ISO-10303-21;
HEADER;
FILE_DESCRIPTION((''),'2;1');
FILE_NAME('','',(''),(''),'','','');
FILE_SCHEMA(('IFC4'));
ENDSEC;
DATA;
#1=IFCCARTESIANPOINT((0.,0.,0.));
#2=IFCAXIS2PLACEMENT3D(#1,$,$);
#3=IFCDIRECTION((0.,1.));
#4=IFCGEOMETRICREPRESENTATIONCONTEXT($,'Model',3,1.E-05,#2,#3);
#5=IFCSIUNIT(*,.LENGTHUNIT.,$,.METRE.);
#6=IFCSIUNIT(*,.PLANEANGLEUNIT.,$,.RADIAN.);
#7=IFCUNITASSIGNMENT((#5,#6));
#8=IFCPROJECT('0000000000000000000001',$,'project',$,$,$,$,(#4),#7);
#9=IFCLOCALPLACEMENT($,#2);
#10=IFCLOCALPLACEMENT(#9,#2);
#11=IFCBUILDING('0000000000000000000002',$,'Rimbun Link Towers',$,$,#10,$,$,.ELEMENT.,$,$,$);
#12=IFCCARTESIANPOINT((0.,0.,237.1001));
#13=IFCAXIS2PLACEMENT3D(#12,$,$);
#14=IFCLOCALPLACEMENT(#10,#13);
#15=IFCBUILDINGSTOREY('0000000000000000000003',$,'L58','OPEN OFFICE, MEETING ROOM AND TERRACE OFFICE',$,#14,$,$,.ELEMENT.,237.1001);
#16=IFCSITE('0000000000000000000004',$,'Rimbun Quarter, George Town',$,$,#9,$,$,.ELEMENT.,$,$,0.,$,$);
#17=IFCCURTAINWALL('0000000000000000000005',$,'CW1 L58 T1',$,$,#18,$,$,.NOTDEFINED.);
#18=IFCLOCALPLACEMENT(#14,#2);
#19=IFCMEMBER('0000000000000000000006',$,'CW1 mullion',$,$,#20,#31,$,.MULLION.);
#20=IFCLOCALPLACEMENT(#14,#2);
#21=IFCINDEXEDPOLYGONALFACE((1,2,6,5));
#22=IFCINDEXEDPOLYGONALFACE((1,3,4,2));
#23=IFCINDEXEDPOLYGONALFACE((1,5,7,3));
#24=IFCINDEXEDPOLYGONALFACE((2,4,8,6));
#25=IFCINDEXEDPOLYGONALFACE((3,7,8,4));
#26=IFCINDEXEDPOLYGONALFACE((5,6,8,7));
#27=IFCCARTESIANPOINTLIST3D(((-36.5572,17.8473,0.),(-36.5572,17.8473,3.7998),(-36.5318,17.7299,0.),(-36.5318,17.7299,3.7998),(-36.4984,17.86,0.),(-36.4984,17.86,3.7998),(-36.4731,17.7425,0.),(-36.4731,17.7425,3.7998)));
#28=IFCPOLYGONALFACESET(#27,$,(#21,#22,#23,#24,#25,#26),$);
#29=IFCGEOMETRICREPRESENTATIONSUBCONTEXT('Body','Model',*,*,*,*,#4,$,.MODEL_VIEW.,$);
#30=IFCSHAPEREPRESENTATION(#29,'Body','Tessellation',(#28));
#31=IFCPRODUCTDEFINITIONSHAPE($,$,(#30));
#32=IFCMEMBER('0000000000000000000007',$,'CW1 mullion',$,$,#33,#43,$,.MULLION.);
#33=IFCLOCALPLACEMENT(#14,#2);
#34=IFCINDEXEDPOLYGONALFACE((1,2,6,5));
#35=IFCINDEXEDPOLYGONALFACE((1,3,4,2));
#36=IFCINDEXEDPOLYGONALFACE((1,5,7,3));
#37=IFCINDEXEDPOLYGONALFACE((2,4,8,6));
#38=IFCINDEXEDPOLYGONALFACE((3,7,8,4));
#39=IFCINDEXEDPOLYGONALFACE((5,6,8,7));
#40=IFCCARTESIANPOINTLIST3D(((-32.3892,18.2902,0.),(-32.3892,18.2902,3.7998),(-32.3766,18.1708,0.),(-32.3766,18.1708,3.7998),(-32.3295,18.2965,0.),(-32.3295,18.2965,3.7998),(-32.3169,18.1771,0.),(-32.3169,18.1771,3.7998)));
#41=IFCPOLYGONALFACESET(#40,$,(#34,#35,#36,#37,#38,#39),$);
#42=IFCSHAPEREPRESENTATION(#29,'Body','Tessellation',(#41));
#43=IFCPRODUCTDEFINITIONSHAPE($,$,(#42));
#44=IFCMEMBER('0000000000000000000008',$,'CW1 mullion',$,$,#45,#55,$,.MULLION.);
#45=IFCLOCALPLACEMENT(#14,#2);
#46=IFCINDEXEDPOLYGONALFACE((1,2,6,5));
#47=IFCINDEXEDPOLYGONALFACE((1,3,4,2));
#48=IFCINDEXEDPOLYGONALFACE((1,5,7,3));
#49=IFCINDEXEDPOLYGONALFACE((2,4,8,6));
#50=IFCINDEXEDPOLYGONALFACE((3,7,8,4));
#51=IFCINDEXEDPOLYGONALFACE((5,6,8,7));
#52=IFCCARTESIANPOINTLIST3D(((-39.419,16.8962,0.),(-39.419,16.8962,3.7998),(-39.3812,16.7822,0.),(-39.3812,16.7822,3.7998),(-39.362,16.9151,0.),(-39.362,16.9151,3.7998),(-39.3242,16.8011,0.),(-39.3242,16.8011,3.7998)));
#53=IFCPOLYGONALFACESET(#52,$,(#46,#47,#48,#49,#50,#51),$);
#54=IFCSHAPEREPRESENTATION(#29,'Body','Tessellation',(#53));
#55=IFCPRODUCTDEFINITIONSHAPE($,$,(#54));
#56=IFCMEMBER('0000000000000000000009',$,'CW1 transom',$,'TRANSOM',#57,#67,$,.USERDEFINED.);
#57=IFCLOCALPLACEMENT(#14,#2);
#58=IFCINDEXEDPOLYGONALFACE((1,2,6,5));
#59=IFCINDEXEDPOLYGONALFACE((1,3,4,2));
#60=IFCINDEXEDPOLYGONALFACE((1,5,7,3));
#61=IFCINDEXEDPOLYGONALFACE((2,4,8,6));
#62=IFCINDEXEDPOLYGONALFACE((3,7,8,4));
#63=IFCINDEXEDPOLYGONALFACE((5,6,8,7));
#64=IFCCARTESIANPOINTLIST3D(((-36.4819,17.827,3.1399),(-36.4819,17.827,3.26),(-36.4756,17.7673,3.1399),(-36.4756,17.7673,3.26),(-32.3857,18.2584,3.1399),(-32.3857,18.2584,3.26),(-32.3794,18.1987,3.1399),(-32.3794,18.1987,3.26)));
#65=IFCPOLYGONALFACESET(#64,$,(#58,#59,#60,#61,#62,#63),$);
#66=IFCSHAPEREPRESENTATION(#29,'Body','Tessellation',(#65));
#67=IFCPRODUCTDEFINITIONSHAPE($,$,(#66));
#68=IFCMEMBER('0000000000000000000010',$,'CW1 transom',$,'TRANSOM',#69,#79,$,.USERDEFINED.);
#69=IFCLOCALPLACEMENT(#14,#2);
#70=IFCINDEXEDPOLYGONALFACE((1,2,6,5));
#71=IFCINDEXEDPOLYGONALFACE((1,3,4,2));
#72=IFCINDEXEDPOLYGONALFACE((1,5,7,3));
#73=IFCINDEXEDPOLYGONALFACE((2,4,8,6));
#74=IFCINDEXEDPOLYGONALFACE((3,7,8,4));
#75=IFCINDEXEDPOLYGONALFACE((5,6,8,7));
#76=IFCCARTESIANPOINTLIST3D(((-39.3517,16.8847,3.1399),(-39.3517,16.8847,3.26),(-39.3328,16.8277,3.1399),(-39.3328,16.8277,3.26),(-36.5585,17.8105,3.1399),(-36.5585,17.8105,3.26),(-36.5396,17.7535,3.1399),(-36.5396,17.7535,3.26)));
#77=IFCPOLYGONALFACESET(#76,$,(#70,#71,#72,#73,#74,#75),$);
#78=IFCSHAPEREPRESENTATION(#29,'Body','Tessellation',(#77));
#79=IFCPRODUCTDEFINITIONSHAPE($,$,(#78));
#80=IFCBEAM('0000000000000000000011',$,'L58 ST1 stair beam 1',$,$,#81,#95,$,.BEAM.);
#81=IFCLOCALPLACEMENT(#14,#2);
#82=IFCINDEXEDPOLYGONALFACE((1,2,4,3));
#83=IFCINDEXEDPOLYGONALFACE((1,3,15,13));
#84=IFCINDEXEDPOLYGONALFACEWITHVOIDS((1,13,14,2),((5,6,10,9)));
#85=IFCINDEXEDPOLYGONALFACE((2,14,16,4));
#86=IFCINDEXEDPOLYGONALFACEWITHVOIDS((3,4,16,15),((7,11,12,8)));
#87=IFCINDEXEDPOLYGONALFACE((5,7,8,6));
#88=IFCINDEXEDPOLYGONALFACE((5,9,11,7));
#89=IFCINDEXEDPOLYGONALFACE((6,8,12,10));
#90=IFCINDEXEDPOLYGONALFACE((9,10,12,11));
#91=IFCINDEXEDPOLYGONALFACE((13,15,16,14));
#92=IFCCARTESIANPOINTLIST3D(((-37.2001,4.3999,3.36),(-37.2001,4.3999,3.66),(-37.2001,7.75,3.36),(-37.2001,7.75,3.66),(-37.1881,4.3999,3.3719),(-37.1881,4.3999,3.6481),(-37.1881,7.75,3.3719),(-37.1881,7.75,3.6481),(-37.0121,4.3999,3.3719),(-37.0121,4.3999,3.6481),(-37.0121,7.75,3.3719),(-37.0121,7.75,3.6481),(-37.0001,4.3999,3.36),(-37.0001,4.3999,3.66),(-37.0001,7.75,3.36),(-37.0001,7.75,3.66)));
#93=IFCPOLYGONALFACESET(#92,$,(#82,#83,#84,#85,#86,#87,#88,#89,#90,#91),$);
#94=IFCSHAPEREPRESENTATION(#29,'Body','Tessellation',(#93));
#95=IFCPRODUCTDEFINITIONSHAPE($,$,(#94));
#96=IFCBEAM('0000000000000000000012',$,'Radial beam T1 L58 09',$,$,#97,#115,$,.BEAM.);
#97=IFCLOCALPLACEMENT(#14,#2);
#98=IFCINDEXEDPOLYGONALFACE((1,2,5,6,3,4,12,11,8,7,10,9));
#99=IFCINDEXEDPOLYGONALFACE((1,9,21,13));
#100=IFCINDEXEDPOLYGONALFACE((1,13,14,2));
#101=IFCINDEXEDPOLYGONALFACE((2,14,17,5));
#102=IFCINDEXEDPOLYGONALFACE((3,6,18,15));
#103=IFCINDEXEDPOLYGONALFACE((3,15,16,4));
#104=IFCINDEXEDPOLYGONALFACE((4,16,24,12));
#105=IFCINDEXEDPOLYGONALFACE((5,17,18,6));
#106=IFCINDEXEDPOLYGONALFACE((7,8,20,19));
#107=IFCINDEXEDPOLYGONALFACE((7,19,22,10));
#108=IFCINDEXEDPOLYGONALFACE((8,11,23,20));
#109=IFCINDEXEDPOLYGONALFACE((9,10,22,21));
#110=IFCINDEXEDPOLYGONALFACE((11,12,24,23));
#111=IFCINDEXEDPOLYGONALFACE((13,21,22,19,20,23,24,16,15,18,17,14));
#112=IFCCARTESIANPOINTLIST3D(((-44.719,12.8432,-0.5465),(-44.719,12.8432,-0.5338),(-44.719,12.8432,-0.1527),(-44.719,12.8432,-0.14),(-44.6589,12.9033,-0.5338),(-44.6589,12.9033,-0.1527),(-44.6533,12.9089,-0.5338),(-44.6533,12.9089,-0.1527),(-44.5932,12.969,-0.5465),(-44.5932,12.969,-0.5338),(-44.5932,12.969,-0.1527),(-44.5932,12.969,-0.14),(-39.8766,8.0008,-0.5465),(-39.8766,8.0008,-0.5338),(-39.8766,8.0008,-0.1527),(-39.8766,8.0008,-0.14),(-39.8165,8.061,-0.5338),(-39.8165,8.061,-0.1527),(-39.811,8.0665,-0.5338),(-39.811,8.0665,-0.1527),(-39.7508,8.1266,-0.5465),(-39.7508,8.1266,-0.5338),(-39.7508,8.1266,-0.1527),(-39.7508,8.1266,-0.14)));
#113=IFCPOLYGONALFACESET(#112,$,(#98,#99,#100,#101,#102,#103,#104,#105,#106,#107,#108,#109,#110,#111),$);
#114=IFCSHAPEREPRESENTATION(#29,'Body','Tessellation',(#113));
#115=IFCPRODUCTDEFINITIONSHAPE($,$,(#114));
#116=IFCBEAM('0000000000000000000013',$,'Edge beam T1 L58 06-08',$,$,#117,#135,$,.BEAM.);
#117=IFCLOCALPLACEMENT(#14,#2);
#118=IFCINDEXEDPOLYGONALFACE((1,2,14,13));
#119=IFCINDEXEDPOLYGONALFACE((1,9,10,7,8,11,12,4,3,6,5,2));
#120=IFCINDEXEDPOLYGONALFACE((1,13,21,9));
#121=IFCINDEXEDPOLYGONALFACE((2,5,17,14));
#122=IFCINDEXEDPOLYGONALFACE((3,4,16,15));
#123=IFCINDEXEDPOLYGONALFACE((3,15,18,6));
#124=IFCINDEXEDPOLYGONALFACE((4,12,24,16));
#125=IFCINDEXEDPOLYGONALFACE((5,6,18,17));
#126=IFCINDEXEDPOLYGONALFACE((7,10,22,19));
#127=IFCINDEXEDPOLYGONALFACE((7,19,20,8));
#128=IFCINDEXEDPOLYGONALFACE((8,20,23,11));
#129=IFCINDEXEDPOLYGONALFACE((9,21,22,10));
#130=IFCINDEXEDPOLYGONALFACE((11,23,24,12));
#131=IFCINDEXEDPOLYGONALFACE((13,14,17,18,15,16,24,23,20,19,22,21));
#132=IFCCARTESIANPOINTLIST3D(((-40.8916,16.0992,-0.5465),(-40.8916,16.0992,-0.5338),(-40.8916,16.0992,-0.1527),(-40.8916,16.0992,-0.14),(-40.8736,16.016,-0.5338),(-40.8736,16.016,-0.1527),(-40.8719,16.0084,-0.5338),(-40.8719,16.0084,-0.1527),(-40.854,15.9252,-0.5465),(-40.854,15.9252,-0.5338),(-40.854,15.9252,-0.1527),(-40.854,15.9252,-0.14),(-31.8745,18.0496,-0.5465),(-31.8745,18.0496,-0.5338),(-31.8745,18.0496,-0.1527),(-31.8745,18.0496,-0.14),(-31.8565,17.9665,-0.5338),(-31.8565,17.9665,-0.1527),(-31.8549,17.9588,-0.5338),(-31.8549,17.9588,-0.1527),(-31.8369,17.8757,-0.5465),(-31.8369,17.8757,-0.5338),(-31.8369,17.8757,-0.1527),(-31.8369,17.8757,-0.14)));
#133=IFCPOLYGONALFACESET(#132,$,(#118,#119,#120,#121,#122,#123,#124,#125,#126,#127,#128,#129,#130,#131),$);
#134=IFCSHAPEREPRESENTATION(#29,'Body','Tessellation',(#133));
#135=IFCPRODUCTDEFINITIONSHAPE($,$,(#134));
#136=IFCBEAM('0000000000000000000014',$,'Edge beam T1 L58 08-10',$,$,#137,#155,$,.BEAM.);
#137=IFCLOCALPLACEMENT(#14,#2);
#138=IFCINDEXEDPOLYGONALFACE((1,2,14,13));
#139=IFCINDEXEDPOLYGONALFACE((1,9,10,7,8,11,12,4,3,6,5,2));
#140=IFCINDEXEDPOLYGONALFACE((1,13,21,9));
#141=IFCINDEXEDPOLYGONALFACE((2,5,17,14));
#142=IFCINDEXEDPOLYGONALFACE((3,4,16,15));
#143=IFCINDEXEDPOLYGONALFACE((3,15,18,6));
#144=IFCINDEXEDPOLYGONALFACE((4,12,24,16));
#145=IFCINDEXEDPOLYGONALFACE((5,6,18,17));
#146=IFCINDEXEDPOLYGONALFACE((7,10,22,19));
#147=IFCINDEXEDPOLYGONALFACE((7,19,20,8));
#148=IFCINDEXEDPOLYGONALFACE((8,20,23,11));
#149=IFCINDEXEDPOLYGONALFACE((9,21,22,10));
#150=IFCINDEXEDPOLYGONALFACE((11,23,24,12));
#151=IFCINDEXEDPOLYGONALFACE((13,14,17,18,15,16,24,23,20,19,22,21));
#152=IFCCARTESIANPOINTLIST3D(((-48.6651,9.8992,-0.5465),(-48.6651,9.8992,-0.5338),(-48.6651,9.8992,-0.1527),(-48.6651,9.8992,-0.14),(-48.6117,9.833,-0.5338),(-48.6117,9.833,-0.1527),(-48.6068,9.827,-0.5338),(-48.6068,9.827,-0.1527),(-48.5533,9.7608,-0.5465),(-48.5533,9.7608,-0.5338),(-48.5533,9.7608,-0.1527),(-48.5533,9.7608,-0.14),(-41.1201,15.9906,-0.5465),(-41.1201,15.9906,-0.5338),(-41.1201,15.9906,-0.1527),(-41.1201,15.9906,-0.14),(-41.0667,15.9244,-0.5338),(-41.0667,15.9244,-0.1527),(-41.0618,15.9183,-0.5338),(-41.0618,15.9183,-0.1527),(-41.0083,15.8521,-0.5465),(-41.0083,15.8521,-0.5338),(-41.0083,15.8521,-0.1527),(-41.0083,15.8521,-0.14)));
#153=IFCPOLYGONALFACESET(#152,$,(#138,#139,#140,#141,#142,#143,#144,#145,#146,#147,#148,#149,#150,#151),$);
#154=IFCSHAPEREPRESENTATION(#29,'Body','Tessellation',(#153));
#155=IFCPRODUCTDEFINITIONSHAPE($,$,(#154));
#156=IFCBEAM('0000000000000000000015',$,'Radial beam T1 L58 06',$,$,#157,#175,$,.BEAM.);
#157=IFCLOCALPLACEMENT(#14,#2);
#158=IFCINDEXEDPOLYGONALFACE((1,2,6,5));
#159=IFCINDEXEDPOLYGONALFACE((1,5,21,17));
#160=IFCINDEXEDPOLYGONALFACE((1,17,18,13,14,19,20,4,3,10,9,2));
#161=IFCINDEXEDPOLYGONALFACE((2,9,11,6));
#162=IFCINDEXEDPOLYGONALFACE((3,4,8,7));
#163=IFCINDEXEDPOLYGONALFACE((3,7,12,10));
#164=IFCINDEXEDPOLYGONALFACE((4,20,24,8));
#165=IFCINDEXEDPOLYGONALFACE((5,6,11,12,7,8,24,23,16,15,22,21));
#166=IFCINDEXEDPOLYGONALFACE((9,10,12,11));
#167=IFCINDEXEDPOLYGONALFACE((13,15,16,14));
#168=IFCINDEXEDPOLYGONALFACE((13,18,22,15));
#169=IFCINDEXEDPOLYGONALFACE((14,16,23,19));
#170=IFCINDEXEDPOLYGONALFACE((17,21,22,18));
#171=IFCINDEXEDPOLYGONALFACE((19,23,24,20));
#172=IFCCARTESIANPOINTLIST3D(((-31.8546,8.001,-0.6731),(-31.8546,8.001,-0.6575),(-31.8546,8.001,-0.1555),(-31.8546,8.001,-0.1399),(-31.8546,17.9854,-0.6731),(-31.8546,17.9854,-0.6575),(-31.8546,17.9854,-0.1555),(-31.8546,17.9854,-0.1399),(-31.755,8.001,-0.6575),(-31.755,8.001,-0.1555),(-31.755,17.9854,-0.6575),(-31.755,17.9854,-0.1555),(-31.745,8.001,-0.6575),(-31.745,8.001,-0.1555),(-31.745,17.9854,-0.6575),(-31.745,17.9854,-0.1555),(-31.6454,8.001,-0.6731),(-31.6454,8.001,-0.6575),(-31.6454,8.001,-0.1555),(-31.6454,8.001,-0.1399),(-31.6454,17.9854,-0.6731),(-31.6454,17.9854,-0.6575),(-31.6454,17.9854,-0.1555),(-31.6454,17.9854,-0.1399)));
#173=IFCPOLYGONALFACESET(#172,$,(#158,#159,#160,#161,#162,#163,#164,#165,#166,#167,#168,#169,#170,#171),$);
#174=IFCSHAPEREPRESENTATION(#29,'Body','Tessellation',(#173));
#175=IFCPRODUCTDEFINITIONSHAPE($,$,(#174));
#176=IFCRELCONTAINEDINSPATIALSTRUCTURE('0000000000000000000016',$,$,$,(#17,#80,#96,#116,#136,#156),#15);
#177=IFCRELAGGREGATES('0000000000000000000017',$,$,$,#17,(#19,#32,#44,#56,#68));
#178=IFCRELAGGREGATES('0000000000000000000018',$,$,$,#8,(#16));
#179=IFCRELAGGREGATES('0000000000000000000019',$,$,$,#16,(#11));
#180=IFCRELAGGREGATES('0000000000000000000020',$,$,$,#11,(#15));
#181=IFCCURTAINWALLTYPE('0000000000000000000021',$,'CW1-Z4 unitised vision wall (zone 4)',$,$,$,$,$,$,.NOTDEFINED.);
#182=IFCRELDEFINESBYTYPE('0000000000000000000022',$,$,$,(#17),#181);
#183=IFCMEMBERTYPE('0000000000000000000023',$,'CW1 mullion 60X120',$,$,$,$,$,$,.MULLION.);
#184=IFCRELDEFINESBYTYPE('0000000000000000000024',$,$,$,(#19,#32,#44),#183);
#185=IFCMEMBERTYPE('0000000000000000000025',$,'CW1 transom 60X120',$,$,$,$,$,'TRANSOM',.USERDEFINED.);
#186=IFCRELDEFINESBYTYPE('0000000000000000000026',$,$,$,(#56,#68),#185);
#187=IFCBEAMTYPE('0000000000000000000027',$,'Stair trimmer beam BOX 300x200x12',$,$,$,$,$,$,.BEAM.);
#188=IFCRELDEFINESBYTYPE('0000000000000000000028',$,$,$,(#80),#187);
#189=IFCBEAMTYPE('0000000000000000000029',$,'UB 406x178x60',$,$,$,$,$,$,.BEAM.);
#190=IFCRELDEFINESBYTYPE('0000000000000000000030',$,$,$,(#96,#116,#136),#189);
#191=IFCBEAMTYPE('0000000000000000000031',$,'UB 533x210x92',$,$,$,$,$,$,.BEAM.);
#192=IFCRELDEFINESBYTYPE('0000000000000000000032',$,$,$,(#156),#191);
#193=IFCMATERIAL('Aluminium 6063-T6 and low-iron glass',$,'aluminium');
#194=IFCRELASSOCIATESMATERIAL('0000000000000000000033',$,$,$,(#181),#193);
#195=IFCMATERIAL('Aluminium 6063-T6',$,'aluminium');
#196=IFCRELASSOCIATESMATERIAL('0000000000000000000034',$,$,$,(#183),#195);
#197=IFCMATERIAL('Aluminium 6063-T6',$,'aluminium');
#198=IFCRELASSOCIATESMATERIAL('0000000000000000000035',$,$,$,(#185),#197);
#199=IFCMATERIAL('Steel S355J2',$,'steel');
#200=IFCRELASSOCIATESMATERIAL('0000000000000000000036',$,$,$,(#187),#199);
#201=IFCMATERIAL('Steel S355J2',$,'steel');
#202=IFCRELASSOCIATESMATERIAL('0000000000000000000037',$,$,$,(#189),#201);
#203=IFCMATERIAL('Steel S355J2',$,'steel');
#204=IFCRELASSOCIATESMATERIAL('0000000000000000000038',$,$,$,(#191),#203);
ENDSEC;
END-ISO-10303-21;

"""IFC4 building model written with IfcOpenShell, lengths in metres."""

from ifc_helpers import new_model, si_unit, direction, frame, origin, origin_2d, place, context, subcontext, project, spatial, rectangle, hollow_rectangle, i_section, extrude, material, material_profile, profile_set, type_object, element, aggregate, save


model = new_model("IFC4")

# Units and contexts
model_context = context("Model", 3, precision=1e-05, world=origin(), true_north=direction((0.0, 1.0)))
body_context = subcontext(model_context, "Body", "Model", "MODEL_VIEW")
ifc_project = project(units=[si_unit("LENGTHUNIT", "METRE"), si_unit("PLANEANGLEUNIT", "RADIAN")], contexts=[model_context])

# Site, building, storey
site_placement = place(None, origin())
site = spatial("IfcSite", under=ifc_project, at=site_placement, Name="Rimbun Quarter, George Town", CompositionType="ELEMENT", RefElevation=0.0)
building_placement = place(site_placement, origin())
building = spatial("IfcBuilding", under=site, at=building_placement, Name="Rimbun Link Towers", CompositionType="ELEMENT")
storey_placement = place(building_placement, frame((0.0, 0.0, 237.1001)))
storey = spatial("IfcBuildingStorey", under=building, at=storey_placement, Name="L58", Description="OPEN OFFICE, MEETING ROOM AND TERRACE OFFICE", CompositionType="ELEMENT", Elevation=237.1001)

# Curtain wall, members
ifc_material_1 = material(Name="Aluminium 6063-T6 and low-iron glass", Category="aluminium")
curtain_wall_type = type_object("IfcCurtainWallType", Name="CW1-Z4 unitised vision wall (zone 4)", PredefinedType="NOTDEFINED", material=ifc_material_1)
curtain_wall_placement = place(storey_placement, origin())
curtain_wall = element("IfcCurtainWall", 1, at=curtain_wall_placement, inside=storey, type_object=curtain_wall_type, Name="CW1 L58 T1", PredefinedType="NOTDEFINED")
ifc_material_2 = material(Name="Aluminium 6063-T6", Category="aluminium")
ifc_material_profile_1 = material_profile(ifc_material_2, rectangle(XDim=0.1201, YDim=0.0601, at=origin_2d()), Name="MULLION 60X120")
ifc_profile_set_1 = profile_set([ifc_material_profile_1], Name="Aluminium 6063-T6")
member_type_1 = type_object("IfcMemberType", Name="CW1 mullion 60X120", PredefinedType="MULLION", material=ifc_profile_set_1)
member_1_placement = place(storey_placement, frame((-36.5151, 17.7949, 0.0), z_axis=(0.0, 0.0, 1.0), x_axis=(-0.210871, 0.977514, 0.0)))
member_1 = element("IfcMember", 2, at=member_1_placement, type_object=member_type_1, Name="CW1 mullion", PredefinedType="MULLION", context=body_context, shape_type="SweptSolid", body=[
    extrude(rectangle(XDim=0.1201, YDim=0.0601, at=origin_2d()), origin(), (0.0, 0.0, 1.0), 3.7998),
])
member_2_placement = place(storey_placement, frame((-32.353, 18.2336, 0.0), z_axis=(0.0, 0.0, 1.0), x_axis=(-0.104736, 0.9945, 0.0)))
member_2 = element("IfcMember", 3, at=member_2_placement, type_object=member_type_1, Name="CW1 mullion", PredefinedType="MULLION", context=body_context, shape_type="SweptSolid", body=[
    extrude(rectangle(XDim=0.1201, YDim=0.0601, at=origin_2d()), origin(), (0.0, 0.0, 1.0), 3.7998),
])
member_3_placement = place(storey_placement, frame((-39.3716, 16.8486, 0.0), z_axis=(0.0, 0.0, 1.0), x_axis=(-0.31457, 0.949234, 0.0)))
member_3 = element("IfcMember", 4, at=member_3_placement, type_object=member_type_1, Name="CW1 mullion", PredefinedType="MULLION", context=body_context, shape_type="SweptSolid", body=[
    extrude(rectangle(XDim=0.1201, YDim=0.0601, at=origin_2d()), origin(), (0.0, 0.0, 1.0), 3.7998),
])
ifc_material_3 = material(Name="Aluminium 6063-T6", Category="aluminium")
ifc_material_profile_2 = material_profile(ifc_material_3, rectangle(XDim=0.0601, YDim=0.1201, at=origin_2d()), Name="TRANSOM 60X120")
ifc_profile_set_2 = profile_set([ifc_material_profile_2], Name="Aluminium 6063-T6")
member_type_2 = type_object("IfcMemberType", Name="CW1 transom 60X120", ElementType="TRANSOM", PredefinedType="USERDEFINED", material=ifc_profile_set_2)
member_4_placement = place(storey_placement, frame((-36.4788, 17.7971, 3.2), z_axis=(0.9945, 0.104737, 0.0), x_axis=(-0.104737, 0.9945, 0.0)))
member_4 = element("IfcMember", 5, at=member_4_placement, type_object=member_type_2, Name="CW1 transom", ObjectType="TRANSOM", PredefinedType="USERDEFINED", context=body_context, shape_type="SweptSolid", body=[
    extrude(rectangle(XDim=0.0601, YDim=0.1201, at=origin_2d()), origin(), (0.0, 0.0, 1.0), 4.1189),
])
member_5_placement = place(storey_placement, frame((-39.3423, 16.8562, 3.2), z_axis=(0.949221, 0.314609, 0.0), x_axis=(-0.314609, 0.949221, 0.0)))
member_5 = element("IfcMember", 6, at=member_5_placement, type_object=member_type_2, Name="CW1 transom", ObjectType="TRANSOM", PredefinedType="USERDEFINED", context=body_context, shape_type="SweptSolid", body=[
    extrude(rectangle(XDim=0.0601, YDim=0.1201, at=origin_2d()), origin(), (0.0, 0.0, 1.0), 2.9426),
])

# Beams
ifc_material_4 = material(Name="Steel S355J2", Category="steel")
ifc_material_profile_3 = material_profile(ifc_material_4, hollow_rectangle(XDim=0.2, YDim=0.3, WallThickness=0.012, at=origin_2d()), Name="BOX 300x200x12")
ifc_profile_set_3 = profile_set([ifc_material_profile_3], Name="Steel S355J2")
beam_type_1 = type_object("IfcBeamType", Name="Stair trimmer beam BOX 300x200x12", PredefinedType="BEAM", material=ifc_profile_set_3)
beam_1_placement = place(storey_placement, frame((-37.1001, 7.75, 3.51), z_axis=(0.0, -1.0, 0.0), x_axis=(1.0, 0.0, 0.0)))
element("IfcBeam", 7, at=beam_1_placement, inside=storey, type_object=beam_type_1, Name="L58 ST1 stair beam 1", PredefinedType="BEAM", context=body_context, shape_type="SweptSolid", body=[
    extrude(hollow_rectangle(XDim=0.2, YDim=0.3, WallThickness=0.012, at=origin_2d()), origin(), (0.0, 0.0, 1.0), 3.3501),
])
ifc_material_5 = material(Name="Steel S355J2", Category="steel")
ifc_material_profile_4 = material_profile(ifc_material_5, i_section(OverallWidth=0.178, OverallDepth=0.4065, WebThickness=0.0078, FlangeThickness=0.0127, at=origin_2d()), Name="UB 406x178x60")
ifc_profile_set_4 = profile_set([ifc_material_profile_4], Name="Steel S355J2")
beam_type_2 = type_object("IfcBeamType", Name="UB 406x178x60", PredefinedType="BEAM", material=ifc_profile_set_4)
beam_2_placement = place(storey_placement, frame((-39.8137, 8.0637, -0.3433), z_axis=(-0.707107, 0.707107, 0.0), x_axis=(-0.707107, -0.707107, 0.0)))
element("IfcBeam", 8, at=beam_2_placement, inside=storey, type_object=beam_type_2, Name="Radial beam T1 L58 09", PredefinedType="BEAM", context=body_context, shape_type="SweptSolid", body=[
    extrude(i_section(OverallWidth=0.178, OverallDepth=0.4065, WebThickness=0.0078, FlangeThickness=0.0127, at=origin_2d()), origin(), (0.0, 0.0, 1.0), 6.8481),
])
beam_3_placement = place(storey_placement, frame((-31.8557, 17.9626, -0.3433), z_axis=(-0.977396, -0.211415, 0.0), x_axis=(0.211415, -0.977396, 0.0)))
element("IfcBeam", 9, at=beam_3_placement, inside=storey, type_object=beam_type_2, Name="Edge beam T1 L58 06-08", PredefinedType="BEAM", context=body_context, shape_type="SweptSolid", body=[
    extrude(i_section(OverallWidth=0.178, OverallDepth=0.4065, WebThickness=0.0078, FlangeThickness=0.0127, at=origin_2d()), origin(), (0.0, 0.0, 1.0), 9.2256),
])
beam_4_placement = place(storey_placement, frame((-41.0642, 15.9214, -0.3433), z_axis=(-0.778076, -0.628171, 0.0), x_axis=(0.628171, -0.778076, 0.0)))
element("IfcBeam", 10, at=beam_4_placement, inside=storey, type_object=beam_type_2, Name="Edge beam T1 L58 08-10", PredefinedType="BEAM", context=body_context, shape_type="SweptSolid", body=[
    extrude(i_section(OverallWidth=0.178, OverallDepth=0.4065, WebThickness=0.0078, FlangeThickness=0.0127, at=origin_2d()), origin(), (0.0, 0.0, 1.0), 9.697),
])
ifc_material_6 = material(Name="Steel S355J2", Category="steel")
ifc_material_profile_5 = material_profile(ifc_material_6, i_section(OverallWidth=0.2092, OverallDepth=0.5332, WebThickness=0.01, FlangeThickness=0.0156, at=origin_2d()), Name="UB 533x210x92")
ifc_profile_set_5 = profile_set([ifc_material_profile_5], Name="Steel S355J2")
beam_type_3 = type_object("IfcBeamType", Name="UB 533x210x92", PredefinedType="BEAM", material=ifc_profile_set_5)
beam_5_placement = place(storey_placement, frame((-31.75, 8.001, -0.4065), z_axis=(0.0, 1.0, 0.0), x_axis=(-1.0, 0.0, 0.0)))
element("IfcBeam", 11, at=beam_5_placement, inside=storey, type_object=beam_type_3, Name="Radial beam T1 L58 06", PredefinedType="BEAM", context=body_context, shape_type="SweptSolid", body=[
    extrude(i_section(OverallWidth=0.2092, OverallDepth=0.5332, WebThickness=0.01, FlangeThickness=0.0156, at=origin_2d()), origin(), (0.0, 0.0, 1.0), 9.9844),
])

aggregate(curtain_wall, [member_1, member_2, member_3, member_4, member_5])

save(model, "model.ifc")
